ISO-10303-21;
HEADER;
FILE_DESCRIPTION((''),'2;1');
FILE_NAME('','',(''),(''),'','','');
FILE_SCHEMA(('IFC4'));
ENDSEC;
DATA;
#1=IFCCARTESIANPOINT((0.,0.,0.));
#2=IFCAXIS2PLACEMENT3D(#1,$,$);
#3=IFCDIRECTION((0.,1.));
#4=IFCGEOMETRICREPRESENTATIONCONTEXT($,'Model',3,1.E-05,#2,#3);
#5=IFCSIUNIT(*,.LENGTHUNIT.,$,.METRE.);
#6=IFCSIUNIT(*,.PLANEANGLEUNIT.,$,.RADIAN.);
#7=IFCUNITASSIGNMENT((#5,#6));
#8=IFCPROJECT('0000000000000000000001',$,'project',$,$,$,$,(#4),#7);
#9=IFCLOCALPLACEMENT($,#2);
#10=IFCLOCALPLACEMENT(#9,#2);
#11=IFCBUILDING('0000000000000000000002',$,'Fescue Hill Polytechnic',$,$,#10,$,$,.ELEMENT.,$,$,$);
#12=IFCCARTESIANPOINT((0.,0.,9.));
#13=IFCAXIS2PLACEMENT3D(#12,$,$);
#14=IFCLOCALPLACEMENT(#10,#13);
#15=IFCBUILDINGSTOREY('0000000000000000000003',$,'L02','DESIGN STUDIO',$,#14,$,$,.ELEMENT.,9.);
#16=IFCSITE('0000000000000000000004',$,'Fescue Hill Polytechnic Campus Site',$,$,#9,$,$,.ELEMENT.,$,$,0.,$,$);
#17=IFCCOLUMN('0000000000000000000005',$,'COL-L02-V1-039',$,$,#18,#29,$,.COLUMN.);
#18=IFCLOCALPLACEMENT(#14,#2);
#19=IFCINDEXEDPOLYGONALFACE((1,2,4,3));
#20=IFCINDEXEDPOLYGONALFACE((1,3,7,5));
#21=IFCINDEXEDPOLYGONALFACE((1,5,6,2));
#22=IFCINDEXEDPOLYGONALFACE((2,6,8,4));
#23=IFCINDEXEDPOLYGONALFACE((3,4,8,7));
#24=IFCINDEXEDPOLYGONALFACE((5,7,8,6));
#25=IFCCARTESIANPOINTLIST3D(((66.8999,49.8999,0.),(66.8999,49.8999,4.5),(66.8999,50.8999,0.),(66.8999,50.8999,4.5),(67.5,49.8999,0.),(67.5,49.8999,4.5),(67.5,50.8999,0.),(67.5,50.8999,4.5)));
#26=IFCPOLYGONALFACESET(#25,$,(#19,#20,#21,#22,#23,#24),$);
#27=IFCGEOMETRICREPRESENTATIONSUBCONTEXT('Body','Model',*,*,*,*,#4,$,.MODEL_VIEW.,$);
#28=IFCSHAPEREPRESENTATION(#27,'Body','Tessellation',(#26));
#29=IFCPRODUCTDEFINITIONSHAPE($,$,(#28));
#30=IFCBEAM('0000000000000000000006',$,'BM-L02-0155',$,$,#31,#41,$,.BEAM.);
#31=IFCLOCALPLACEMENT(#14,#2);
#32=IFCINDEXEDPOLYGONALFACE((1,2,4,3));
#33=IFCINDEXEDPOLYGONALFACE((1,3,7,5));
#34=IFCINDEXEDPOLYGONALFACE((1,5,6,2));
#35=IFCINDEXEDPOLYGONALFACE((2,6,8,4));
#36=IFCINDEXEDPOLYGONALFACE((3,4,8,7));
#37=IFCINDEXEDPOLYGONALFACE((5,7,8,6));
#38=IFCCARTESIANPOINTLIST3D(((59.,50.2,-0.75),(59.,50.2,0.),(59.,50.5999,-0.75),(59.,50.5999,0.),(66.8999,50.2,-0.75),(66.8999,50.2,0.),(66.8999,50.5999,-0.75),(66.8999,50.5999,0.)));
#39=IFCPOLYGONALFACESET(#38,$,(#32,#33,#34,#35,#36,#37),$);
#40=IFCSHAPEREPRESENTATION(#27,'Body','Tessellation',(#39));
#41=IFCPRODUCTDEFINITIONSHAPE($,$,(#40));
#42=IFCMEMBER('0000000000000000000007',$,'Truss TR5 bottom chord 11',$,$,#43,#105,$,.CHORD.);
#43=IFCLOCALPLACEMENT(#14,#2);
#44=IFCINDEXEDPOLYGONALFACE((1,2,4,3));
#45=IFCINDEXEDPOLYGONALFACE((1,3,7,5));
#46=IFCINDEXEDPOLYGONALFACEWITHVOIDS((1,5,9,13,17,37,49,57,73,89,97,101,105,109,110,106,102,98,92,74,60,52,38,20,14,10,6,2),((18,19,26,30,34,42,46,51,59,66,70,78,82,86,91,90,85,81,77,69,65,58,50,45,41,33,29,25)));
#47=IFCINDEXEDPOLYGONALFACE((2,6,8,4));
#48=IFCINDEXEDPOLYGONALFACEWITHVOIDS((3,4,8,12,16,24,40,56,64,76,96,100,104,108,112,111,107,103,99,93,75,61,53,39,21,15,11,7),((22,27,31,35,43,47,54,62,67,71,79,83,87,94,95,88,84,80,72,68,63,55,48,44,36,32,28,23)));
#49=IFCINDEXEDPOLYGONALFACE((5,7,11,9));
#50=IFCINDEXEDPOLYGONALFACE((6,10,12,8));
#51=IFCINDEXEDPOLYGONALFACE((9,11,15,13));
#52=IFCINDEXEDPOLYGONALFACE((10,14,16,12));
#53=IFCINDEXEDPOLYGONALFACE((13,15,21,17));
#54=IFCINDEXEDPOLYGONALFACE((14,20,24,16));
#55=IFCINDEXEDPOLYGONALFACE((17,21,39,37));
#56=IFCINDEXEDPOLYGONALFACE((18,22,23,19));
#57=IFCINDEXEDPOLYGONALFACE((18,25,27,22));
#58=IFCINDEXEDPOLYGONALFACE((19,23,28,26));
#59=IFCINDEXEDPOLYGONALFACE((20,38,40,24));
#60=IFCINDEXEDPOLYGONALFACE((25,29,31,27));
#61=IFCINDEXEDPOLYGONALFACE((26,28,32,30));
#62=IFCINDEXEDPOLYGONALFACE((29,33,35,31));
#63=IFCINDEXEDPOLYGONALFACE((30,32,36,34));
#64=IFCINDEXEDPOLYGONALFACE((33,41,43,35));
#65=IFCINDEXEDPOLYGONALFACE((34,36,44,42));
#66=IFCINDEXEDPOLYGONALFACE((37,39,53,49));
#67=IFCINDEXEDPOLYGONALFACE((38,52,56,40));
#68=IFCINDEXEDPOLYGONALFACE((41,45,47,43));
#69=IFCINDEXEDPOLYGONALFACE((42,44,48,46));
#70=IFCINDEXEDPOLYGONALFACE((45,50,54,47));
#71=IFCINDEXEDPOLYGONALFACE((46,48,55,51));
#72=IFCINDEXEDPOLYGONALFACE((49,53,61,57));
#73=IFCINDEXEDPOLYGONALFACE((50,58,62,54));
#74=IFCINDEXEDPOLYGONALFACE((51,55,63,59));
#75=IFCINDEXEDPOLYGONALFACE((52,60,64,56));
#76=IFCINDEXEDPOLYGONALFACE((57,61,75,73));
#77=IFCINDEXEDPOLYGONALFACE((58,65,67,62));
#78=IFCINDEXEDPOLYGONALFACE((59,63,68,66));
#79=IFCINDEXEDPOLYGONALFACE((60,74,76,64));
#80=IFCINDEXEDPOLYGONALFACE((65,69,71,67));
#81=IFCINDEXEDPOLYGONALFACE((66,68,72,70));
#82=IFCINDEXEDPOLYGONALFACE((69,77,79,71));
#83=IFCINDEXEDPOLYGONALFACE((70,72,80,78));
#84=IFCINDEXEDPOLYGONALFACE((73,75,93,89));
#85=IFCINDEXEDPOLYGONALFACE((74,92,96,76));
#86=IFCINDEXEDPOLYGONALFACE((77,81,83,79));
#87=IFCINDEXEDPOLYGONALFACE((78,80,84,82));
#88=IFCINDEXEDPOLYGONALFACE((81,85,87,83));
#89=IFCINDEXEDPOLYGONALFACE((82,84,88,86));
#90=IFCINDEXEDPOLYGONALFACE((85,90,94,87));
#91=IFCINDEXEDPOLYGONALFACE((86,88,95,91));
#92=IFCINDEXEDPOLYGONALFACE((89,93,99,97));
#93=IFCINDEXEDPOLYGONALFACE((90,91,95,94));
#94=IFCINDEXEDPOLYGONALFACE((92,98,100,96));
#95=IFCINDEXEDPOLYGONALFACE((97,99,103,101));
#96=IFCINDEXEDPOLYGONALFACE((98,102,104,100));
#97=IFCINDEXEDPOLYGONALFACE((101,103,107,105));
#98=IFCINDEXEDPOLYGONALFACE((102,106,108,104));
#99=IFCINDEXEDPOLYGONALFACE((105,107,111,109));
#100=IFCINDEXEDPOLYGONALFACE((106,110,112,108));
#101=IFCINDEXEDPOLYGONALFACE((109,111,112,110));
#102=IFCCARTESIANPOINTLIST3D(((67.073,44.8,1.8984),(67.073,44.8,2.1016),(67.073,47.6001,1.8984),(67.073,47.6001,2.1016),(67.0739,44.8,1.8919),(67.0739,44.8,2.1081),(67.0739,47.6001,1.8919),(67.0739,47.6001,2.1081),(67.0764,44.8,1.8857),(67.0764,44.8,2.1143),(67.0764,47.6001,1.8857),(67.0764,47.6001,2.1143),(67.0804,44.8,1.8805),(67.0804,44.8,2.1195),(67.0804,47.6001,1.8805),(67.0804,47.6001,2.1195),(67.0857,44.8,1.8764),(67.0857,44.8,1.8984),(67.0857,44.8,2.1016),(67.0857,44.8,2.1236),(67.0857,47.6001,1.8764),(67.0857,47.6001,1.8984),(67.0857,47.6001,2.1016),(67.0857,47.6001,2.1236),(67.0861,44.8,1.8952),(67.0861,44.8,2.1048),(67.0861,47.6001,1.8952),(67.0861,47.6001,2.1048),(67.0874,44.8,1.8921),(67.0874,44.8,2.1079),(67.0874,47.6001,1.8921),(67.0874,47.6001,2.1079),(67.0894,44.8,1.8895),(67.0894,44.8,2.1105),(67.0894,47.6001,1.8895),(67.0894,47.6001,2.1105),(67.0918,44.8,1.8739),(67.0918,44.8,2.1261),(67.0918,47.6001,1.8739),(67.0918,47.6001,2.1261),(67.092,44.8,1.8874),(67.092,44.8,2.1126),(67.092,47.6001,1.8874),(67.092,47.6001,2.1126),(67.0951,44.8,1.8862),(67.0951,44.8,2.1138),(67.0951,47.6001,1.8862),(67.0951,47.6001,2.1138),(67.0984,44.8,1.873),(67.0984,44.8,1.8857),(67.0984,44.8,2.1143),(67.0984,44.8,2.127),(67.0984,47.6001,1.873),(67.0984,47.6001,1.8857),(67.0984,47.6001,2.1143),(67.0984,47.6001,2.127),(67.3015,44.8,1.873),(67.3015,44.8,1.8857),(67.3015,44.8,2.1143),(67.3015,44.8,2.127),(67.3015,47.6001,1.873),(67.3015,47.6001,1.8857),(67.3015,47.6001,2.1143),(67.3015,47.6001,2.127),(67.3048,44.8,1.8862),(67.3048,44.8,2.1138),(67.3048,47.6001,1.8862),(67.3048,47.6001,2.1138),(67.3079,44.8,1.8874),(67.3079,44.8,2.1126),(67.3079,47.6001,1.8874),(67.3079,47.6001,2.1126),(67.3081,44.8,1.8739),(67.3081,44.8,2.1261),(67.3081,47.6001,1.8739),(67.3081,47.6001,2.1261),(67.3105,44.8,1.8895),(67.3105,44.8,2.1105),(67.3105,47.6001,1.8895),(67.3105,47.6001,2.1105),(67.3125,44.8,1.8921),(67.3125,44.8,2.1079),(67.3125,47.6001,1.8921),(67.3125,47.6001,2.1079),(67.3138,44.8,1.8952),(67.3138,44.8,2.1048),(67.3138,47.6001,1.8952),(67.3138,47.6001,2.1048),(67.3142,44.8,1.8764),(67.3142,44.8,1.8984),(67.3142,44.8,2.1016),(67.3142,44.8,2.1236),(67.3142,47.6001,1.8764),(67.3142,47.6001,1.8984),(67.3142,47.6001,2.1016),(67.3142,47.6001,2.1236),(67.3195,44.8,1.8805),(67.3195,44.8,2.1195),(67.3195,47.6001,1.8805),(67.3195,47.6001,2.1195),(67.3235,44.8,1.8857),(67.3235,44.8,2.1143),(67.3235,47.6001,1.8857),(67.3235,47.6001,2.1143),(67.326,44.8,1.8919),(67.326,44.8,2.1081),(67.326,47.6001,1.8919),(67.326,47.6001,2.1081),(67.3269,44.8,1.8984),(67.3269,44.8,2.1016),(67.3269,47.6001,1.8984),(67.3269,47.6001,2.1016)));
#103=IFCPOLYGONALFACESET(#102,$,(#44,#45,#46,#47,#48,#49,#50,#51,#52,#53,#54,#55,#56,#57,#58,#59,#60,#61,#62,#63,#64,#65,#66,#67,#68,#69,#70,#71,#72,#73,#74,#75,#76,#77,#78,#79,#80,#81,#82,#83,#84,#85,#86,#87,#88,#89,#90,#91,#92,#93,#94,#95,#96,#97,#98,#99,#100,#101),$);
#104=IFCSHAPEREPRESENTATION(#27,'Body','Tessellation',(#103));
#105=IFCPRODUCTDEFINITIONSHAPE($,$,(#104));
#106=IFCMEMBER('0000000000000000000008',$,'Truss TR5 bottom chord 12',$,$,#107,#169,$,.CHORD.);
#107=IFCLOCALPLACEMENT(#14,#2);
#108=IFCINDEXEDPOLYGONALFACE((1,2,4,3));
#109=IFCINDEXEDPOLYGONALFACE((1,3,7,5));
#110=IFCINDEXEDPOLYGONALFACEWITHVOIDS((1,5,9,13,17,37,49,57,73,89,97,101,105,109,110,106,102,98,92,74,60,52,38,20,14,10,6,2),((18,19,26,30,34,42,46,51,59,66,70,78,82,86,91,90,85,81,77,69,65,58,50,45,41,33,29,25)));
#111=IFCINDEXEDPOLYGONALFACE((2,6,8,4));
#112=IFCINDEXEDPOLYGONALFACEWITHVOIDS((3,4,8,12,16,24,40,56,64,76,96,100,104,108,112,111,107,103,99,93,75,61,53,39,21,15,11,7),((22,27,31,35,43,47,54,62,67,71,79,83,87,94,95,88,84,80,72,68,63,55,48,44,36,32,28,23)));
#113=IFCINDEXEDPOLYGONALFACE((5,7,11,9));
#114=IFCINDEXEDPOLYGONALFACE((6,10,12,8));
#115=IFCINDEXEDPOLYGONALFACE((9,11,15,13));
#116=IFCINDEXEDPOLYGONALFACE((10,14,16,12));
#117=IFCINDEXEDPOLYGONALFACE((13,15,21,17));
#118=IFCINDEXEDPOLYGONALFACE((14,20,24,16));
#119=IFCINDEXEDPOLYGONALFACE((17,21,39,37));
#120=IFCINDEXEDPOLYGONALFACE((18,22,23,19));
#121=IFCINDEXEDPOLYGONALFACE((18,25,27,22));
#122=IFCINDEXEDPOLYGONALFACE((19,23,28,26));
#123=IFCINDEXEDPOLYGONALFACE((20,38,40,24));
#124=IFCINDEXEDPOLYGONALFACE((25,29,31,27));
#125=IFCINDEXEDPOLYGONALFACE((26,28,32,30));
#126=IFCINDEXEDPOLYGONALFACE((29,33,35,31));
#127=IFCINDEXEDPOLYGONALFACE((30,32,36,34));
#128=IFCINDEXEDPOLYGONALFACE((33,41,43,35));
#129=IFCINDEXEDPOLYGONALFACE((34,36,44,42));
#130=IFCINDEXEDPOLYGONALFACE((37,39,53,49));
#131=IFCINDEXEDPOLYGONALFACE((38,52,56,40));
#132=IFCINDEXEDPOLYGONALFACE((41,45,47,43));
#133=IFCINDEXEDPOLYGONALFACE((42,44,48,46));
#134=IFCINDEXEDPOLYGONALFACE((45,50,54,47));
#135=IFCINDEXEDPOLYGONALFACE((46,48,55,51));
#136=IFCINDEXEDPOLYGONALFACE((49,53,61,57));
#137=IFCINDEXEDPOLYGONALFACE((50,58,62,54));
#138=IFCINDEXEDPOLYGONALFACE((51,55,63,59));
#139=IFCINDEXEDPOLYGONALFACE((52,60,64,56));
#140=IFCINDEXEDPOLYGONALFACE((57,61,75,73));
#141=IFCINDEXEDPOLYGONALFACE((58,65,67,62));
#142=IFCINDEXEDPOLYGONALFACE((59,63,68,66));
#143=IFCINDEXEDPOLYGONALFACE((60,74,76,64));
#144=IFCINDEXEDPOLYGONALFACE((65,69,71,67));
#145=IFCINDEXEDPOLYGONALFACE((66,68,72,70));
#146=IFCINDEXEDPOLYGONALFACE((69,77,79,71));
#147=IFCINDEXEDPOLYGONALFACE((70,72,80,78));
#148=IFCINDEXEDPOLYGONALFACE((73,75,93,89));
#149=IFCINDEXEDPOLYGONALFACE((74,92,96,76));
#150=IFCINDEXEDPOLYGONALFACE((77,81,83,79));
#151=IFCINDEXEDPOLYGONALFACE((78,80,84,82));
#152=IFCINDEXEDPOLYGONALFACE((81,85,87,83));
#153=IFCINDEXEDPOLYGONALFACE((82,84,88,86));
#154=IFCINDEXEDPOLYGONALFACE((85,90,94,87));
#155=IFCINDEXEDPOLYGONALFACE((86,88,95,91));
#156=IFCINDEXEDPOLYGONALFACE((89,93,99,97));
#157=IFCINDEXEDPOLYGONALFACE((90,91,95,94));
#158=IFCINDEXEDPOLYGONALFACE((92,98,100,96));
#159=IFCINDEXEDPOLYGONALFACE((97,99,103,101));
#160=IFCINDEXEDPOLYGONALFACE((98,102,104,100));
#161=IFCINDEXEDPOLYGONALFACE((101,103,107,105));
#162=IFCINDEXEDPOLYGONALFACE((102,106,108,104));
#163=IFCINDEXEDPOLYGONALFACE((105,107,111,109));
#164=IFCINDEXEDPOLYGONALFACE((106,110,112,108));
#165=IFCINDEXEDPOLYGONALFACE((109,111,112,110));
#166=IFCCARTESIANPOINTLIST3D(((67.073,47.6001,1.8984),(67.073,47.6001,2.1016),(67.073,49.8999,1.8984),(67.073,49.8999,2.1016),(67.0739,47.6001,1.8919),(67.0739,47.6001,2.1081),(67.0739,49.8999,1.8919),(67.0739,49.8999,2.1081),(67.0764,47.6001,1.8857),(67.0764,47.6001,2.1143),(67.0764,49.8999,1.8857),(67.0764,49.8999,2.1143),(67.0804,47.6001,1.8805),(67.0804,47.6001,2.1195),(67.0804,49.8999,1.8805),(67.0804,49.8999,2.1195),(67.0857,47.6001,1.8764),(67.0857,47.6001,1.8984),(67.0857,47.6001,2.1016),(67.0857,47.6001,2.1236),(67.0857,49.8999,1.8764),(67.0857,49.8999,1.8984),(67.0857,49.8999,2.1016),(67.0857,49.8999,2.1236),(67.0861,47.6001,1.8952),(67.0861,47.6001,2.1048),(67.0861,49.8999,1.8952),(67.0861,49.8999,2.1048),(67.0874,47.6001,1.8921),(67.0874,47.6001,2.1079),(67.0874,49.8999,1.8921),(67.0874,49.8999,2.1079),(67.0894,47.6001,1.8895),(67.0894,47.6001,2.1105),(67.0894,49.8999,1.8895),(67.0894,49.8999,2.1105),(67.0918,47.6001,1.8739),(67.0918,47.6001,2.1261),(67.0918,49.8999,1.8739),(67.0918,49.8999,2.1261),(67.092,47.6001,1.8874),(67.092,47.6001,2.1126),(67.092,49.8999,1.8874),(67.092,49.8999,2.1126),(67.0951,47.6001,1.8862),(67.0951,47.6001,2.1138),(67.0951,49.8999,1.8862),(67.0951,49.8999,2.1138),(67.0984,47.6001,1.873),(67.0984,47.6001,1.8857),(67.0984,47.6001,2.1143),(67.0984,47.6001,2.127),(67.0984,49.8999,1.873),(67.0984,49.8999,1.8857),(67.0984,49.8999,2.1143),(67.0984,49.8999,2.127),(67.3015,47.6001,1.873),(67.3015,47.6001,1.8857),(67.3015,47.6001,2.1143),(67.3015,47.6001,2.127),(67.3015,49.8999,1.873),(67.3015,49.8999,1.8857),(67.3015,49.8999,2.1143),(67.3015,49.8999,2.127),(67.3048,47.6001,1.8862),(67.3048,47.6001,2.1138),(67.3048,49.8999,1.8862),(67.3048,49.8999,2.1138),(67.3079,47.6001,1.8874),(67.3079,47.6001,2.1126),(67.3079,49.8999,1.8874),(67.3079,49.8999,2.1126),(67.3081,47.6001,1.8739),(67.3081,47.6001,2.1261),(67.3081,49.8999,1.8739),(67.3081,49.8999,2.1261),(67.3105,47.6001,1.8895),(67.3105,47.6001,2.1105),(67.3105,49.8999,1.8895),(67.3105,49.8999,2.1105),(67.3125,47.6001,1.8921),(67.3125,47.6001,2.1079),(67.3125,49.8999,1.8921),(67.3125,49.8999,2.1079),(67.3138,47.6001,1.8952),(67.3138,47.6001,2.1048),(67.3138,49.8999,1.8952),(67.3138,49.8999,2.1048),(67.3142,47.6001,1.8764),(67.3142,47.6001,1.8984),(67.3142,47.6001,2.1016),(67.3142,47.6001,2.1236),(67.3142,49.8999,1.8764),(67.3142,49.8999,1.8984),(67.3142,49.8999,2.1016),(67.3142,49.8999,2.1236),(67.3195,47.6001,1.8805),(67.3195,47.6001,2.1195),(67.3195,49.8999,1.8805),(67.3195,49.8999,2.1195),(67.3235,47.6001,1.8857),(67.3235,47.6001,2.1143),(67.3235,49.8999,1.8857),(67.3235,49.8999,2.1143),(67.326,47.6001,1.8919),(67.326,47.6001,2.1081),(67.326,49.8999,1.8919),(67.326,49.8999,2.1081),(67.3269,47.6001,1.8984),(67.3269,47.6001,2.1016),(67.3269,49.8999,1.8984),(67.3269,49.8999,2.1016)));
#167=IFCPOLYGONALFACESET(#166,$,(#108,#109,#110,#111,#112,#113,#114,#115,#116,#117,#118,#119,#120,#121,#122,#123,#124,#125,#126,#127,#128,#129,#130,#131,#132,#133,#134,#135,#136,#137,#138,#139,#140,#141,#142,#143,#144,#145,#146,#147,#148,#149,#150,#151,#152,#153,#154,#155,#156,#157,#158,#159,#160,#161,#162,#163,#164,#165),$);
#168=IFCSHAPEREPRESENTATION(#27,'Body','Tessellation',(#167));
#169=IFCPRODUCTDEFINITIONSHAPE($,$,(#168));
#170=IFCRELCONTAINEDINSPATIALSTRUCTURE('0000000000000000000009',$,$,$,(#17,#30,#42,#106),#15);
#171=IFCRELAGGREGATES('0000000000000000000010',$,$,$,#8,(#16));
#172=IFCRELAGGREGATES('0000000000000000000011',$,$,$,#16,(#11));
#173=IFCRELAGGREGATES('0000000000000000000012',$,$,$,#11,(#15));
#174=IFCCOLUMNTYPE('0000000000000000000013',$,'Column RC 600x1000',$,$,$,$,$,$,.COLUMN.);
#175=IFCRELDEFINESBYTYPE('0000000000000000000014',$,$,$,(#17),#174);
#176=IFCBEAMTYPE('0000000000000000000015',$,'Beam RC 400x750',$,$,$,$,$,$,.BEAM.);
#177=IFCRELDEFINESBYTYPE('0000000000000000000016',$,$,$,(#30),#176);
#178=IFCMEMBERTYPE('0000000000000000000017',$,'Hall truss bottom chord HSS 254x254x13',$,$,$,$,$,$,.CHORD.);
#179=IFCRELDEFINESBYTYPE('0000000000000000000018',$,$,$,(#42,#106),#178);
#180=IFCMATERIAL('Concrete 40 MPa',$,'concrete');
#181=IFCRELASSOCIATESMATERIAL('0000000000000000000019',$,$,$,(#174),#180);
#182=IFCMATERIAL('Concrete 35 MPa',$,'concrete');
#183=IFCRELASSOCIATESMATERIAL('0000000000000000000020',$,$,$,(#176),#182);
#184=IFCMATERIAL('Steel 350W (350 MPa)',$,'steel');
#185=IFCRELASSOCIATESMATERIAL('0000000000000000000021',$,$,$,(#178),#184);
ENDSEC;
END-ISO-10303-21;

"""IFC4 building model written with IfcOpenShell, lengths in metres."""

from ifc_helpers import new_model, si_unit, direction, frame, origin, origin_2d, place, context, subcontext, project, spatial, rectangle, hollow_rectangle, extrude, material, material_profile, profile_set, type_object, element, save


model = new_model("IFC4")

# Units and contexts
model_context = context("Model", 3, precision=1e-05, world=origin(), true_north=direction((0.0, 1.0)))
body_context = subcontext(model_context, "Body", "Model", "MODEL_VIEW")
ifc_project = project(units=[si_unit("LENGTHUNIT", "METRE"), si_unit("PLANEANGLEUNIT", "RADIAN")], contexts=[model_context])

# Site, building, storey
site_placement = place(None, origin())
site = spatial("IfcSite", under=ifc_project, at=site_placement, Name="Fescue Hill Polytechnic Campus Site", CompositionType="ELEMENT", RefElevation=0.0)
building_placement = place(site_placement, origin())
building = spatial("IfcBuilding", under=site, at=building_placement, Name="Fescue Hill Polytechnic", CompositionType="ELEMENT")
storey_placement = place(building_placement, frame((0.0, 0.0, 9.0)))
storey = spatial("IfcBuildingStorey", under=building, at=storey_placement, Name="L02", Description="DESIGN STUDIO", CompositionType="ELEMENT", Elevation=9.0)

# Column
ifc_material_1 = material(Name="Concrete 40 MPa", Category="concrete")
ifc_material_profile_1 = material_profile(ifc_material_1, rectangle(XDim=0.6001, YDim=1.0, at=origin_2d()), Name="RC 600x1000")
ifc_profile_set_1 = profile_set([ifc_material_profile_1], Name="Concrete 40 MPa")
column_type = type_object("IfcColumnType", Name="Column RC 600x1000", PredefinedType="COLUMN", material=ifc_profile_set_1)
column_placement = place(storey_placement, frame((67.2, 50.3999, 0.0), z_axis=(0.0, 0.0, 1.0), x_axis=(1.0, 0.0, 0.0)))
element("IfcColumn", 1, at=column_placement, inside=storey, type_object=column_type, Name="COL-L02-V1-039", PredefinedType="COLUMN", context=body_context, shape_type="SweptSolid", body=[
    extrude(rectangle(XDim=0.6001, YDim=1.0, at=origin_2d()), origin(), (0.0, 0.0, 1.0), 4.5),
])

# Beam
ifc_material_2 = material(Name="Concrete 35 MPa", Category="concrete")
ifc_material_profile_2 = material_profile(ifc_material_2, rectangle(XDim=0.3999, YDim=0.75, at=origin_2d()), Name="RC 400x750")
ifc_profile_set_2 = profile_set([ifc_material_profile_2], Name="Concrete 35 MPa")
beam_type = type_object("IfcBeamType", Name="Beam RC 400x750", PredefinedType="BEAM", material=ifc_profile_set_2)
beam_placement = place(storey_placement, frame((66.8999, 50.3999, -0.375), z_axis=(-1.0, 0.0, 0.0), x_axis=(0.0, -1.0, 0.0)))
element("IfcBeam", 2, at=beam_placement, inside=storey, type_object=beam_type, Name="BM-L02-0155", PredefinedType="BEAM", context=body_context, shape_type="SweptSolid", body=[
    extrude(rectangle(XDim=0.3999, YDim=0.75, at=origin_2d()), origin(), (0.0, 0.0, 1.0), 7.8999),
])

# Members
ifc_material_3 = material(Name="Steel 350W (350 MPa)", Category="steel")
ifc_material_profile_3 = material_profile(ifc_material_3, hollow_rectangle(XDim=0.2539, YDim=0.2539, WallThickness=0.0127, InnerFilletRadius=0.0127, OuterFilletRadius=0.0254, at=origin_2d()), Name="Hall truss bottom chord HSS 254x254x13")
ifc_profile_set_3 = profile_set([ifc_material_profile_3], Name="Steel 350W (350 MPa)")
member_type_1 = type_object("IfcMemberType", Name="Hall truss bottom chord HSS 254x254x13", PredefinedType="CHORD", material=ifc_profile_set_3)
member_1_placement = place(storey_placement, frame((67.2, 44.8, 2.0), z_axis=(0.0, 1.0, 0.0), x_axis=(-1.0, 0.0, 0.0)))
element("IfcMember", 3, at=member_1_placement, inside=storey, type_object=member_type_1, Name="Truss TR5 bottom chord 11", PredefinedType="CHORD", context=body_context, shape_type="SweptSolid", body=[
    extrude(hollow_rectangle(XDim=0.2539, YDim=0.2539, WallThickness=0.0127, InnerFilletRadius=0.0127, OuterFilletRadius=0.0254, at=origin_2d()), origin(), (0.0, 0.0, 1.0), 2.8),
])
member_2_placement = place(storey_placement, frame((67.2, 47.6001, 2.0), z_axis=(0.0, 1.0, 0.0), x_axis=(-1.0, 0.0, 0.0)))
element("IfcMember", 4, at=member_2_placement, inside=storey, type_object=member_type_1, Name="Truss TR5 bottom chord 12", PredefinedType="CHORD", context=body_context, shape_type="SweptSolid", body=[
    extrude(hollow_rectangle(XDim=0.2539, YDim=0.2539, WallThickness=0.0127, InnerFilletRadius=0.0127, OuterFilletRadius=0.0254, at=origin_2d()), origin(), (0.0, 0.0, 1.0), 2.2998),
])

save(model, "model.ifc")
